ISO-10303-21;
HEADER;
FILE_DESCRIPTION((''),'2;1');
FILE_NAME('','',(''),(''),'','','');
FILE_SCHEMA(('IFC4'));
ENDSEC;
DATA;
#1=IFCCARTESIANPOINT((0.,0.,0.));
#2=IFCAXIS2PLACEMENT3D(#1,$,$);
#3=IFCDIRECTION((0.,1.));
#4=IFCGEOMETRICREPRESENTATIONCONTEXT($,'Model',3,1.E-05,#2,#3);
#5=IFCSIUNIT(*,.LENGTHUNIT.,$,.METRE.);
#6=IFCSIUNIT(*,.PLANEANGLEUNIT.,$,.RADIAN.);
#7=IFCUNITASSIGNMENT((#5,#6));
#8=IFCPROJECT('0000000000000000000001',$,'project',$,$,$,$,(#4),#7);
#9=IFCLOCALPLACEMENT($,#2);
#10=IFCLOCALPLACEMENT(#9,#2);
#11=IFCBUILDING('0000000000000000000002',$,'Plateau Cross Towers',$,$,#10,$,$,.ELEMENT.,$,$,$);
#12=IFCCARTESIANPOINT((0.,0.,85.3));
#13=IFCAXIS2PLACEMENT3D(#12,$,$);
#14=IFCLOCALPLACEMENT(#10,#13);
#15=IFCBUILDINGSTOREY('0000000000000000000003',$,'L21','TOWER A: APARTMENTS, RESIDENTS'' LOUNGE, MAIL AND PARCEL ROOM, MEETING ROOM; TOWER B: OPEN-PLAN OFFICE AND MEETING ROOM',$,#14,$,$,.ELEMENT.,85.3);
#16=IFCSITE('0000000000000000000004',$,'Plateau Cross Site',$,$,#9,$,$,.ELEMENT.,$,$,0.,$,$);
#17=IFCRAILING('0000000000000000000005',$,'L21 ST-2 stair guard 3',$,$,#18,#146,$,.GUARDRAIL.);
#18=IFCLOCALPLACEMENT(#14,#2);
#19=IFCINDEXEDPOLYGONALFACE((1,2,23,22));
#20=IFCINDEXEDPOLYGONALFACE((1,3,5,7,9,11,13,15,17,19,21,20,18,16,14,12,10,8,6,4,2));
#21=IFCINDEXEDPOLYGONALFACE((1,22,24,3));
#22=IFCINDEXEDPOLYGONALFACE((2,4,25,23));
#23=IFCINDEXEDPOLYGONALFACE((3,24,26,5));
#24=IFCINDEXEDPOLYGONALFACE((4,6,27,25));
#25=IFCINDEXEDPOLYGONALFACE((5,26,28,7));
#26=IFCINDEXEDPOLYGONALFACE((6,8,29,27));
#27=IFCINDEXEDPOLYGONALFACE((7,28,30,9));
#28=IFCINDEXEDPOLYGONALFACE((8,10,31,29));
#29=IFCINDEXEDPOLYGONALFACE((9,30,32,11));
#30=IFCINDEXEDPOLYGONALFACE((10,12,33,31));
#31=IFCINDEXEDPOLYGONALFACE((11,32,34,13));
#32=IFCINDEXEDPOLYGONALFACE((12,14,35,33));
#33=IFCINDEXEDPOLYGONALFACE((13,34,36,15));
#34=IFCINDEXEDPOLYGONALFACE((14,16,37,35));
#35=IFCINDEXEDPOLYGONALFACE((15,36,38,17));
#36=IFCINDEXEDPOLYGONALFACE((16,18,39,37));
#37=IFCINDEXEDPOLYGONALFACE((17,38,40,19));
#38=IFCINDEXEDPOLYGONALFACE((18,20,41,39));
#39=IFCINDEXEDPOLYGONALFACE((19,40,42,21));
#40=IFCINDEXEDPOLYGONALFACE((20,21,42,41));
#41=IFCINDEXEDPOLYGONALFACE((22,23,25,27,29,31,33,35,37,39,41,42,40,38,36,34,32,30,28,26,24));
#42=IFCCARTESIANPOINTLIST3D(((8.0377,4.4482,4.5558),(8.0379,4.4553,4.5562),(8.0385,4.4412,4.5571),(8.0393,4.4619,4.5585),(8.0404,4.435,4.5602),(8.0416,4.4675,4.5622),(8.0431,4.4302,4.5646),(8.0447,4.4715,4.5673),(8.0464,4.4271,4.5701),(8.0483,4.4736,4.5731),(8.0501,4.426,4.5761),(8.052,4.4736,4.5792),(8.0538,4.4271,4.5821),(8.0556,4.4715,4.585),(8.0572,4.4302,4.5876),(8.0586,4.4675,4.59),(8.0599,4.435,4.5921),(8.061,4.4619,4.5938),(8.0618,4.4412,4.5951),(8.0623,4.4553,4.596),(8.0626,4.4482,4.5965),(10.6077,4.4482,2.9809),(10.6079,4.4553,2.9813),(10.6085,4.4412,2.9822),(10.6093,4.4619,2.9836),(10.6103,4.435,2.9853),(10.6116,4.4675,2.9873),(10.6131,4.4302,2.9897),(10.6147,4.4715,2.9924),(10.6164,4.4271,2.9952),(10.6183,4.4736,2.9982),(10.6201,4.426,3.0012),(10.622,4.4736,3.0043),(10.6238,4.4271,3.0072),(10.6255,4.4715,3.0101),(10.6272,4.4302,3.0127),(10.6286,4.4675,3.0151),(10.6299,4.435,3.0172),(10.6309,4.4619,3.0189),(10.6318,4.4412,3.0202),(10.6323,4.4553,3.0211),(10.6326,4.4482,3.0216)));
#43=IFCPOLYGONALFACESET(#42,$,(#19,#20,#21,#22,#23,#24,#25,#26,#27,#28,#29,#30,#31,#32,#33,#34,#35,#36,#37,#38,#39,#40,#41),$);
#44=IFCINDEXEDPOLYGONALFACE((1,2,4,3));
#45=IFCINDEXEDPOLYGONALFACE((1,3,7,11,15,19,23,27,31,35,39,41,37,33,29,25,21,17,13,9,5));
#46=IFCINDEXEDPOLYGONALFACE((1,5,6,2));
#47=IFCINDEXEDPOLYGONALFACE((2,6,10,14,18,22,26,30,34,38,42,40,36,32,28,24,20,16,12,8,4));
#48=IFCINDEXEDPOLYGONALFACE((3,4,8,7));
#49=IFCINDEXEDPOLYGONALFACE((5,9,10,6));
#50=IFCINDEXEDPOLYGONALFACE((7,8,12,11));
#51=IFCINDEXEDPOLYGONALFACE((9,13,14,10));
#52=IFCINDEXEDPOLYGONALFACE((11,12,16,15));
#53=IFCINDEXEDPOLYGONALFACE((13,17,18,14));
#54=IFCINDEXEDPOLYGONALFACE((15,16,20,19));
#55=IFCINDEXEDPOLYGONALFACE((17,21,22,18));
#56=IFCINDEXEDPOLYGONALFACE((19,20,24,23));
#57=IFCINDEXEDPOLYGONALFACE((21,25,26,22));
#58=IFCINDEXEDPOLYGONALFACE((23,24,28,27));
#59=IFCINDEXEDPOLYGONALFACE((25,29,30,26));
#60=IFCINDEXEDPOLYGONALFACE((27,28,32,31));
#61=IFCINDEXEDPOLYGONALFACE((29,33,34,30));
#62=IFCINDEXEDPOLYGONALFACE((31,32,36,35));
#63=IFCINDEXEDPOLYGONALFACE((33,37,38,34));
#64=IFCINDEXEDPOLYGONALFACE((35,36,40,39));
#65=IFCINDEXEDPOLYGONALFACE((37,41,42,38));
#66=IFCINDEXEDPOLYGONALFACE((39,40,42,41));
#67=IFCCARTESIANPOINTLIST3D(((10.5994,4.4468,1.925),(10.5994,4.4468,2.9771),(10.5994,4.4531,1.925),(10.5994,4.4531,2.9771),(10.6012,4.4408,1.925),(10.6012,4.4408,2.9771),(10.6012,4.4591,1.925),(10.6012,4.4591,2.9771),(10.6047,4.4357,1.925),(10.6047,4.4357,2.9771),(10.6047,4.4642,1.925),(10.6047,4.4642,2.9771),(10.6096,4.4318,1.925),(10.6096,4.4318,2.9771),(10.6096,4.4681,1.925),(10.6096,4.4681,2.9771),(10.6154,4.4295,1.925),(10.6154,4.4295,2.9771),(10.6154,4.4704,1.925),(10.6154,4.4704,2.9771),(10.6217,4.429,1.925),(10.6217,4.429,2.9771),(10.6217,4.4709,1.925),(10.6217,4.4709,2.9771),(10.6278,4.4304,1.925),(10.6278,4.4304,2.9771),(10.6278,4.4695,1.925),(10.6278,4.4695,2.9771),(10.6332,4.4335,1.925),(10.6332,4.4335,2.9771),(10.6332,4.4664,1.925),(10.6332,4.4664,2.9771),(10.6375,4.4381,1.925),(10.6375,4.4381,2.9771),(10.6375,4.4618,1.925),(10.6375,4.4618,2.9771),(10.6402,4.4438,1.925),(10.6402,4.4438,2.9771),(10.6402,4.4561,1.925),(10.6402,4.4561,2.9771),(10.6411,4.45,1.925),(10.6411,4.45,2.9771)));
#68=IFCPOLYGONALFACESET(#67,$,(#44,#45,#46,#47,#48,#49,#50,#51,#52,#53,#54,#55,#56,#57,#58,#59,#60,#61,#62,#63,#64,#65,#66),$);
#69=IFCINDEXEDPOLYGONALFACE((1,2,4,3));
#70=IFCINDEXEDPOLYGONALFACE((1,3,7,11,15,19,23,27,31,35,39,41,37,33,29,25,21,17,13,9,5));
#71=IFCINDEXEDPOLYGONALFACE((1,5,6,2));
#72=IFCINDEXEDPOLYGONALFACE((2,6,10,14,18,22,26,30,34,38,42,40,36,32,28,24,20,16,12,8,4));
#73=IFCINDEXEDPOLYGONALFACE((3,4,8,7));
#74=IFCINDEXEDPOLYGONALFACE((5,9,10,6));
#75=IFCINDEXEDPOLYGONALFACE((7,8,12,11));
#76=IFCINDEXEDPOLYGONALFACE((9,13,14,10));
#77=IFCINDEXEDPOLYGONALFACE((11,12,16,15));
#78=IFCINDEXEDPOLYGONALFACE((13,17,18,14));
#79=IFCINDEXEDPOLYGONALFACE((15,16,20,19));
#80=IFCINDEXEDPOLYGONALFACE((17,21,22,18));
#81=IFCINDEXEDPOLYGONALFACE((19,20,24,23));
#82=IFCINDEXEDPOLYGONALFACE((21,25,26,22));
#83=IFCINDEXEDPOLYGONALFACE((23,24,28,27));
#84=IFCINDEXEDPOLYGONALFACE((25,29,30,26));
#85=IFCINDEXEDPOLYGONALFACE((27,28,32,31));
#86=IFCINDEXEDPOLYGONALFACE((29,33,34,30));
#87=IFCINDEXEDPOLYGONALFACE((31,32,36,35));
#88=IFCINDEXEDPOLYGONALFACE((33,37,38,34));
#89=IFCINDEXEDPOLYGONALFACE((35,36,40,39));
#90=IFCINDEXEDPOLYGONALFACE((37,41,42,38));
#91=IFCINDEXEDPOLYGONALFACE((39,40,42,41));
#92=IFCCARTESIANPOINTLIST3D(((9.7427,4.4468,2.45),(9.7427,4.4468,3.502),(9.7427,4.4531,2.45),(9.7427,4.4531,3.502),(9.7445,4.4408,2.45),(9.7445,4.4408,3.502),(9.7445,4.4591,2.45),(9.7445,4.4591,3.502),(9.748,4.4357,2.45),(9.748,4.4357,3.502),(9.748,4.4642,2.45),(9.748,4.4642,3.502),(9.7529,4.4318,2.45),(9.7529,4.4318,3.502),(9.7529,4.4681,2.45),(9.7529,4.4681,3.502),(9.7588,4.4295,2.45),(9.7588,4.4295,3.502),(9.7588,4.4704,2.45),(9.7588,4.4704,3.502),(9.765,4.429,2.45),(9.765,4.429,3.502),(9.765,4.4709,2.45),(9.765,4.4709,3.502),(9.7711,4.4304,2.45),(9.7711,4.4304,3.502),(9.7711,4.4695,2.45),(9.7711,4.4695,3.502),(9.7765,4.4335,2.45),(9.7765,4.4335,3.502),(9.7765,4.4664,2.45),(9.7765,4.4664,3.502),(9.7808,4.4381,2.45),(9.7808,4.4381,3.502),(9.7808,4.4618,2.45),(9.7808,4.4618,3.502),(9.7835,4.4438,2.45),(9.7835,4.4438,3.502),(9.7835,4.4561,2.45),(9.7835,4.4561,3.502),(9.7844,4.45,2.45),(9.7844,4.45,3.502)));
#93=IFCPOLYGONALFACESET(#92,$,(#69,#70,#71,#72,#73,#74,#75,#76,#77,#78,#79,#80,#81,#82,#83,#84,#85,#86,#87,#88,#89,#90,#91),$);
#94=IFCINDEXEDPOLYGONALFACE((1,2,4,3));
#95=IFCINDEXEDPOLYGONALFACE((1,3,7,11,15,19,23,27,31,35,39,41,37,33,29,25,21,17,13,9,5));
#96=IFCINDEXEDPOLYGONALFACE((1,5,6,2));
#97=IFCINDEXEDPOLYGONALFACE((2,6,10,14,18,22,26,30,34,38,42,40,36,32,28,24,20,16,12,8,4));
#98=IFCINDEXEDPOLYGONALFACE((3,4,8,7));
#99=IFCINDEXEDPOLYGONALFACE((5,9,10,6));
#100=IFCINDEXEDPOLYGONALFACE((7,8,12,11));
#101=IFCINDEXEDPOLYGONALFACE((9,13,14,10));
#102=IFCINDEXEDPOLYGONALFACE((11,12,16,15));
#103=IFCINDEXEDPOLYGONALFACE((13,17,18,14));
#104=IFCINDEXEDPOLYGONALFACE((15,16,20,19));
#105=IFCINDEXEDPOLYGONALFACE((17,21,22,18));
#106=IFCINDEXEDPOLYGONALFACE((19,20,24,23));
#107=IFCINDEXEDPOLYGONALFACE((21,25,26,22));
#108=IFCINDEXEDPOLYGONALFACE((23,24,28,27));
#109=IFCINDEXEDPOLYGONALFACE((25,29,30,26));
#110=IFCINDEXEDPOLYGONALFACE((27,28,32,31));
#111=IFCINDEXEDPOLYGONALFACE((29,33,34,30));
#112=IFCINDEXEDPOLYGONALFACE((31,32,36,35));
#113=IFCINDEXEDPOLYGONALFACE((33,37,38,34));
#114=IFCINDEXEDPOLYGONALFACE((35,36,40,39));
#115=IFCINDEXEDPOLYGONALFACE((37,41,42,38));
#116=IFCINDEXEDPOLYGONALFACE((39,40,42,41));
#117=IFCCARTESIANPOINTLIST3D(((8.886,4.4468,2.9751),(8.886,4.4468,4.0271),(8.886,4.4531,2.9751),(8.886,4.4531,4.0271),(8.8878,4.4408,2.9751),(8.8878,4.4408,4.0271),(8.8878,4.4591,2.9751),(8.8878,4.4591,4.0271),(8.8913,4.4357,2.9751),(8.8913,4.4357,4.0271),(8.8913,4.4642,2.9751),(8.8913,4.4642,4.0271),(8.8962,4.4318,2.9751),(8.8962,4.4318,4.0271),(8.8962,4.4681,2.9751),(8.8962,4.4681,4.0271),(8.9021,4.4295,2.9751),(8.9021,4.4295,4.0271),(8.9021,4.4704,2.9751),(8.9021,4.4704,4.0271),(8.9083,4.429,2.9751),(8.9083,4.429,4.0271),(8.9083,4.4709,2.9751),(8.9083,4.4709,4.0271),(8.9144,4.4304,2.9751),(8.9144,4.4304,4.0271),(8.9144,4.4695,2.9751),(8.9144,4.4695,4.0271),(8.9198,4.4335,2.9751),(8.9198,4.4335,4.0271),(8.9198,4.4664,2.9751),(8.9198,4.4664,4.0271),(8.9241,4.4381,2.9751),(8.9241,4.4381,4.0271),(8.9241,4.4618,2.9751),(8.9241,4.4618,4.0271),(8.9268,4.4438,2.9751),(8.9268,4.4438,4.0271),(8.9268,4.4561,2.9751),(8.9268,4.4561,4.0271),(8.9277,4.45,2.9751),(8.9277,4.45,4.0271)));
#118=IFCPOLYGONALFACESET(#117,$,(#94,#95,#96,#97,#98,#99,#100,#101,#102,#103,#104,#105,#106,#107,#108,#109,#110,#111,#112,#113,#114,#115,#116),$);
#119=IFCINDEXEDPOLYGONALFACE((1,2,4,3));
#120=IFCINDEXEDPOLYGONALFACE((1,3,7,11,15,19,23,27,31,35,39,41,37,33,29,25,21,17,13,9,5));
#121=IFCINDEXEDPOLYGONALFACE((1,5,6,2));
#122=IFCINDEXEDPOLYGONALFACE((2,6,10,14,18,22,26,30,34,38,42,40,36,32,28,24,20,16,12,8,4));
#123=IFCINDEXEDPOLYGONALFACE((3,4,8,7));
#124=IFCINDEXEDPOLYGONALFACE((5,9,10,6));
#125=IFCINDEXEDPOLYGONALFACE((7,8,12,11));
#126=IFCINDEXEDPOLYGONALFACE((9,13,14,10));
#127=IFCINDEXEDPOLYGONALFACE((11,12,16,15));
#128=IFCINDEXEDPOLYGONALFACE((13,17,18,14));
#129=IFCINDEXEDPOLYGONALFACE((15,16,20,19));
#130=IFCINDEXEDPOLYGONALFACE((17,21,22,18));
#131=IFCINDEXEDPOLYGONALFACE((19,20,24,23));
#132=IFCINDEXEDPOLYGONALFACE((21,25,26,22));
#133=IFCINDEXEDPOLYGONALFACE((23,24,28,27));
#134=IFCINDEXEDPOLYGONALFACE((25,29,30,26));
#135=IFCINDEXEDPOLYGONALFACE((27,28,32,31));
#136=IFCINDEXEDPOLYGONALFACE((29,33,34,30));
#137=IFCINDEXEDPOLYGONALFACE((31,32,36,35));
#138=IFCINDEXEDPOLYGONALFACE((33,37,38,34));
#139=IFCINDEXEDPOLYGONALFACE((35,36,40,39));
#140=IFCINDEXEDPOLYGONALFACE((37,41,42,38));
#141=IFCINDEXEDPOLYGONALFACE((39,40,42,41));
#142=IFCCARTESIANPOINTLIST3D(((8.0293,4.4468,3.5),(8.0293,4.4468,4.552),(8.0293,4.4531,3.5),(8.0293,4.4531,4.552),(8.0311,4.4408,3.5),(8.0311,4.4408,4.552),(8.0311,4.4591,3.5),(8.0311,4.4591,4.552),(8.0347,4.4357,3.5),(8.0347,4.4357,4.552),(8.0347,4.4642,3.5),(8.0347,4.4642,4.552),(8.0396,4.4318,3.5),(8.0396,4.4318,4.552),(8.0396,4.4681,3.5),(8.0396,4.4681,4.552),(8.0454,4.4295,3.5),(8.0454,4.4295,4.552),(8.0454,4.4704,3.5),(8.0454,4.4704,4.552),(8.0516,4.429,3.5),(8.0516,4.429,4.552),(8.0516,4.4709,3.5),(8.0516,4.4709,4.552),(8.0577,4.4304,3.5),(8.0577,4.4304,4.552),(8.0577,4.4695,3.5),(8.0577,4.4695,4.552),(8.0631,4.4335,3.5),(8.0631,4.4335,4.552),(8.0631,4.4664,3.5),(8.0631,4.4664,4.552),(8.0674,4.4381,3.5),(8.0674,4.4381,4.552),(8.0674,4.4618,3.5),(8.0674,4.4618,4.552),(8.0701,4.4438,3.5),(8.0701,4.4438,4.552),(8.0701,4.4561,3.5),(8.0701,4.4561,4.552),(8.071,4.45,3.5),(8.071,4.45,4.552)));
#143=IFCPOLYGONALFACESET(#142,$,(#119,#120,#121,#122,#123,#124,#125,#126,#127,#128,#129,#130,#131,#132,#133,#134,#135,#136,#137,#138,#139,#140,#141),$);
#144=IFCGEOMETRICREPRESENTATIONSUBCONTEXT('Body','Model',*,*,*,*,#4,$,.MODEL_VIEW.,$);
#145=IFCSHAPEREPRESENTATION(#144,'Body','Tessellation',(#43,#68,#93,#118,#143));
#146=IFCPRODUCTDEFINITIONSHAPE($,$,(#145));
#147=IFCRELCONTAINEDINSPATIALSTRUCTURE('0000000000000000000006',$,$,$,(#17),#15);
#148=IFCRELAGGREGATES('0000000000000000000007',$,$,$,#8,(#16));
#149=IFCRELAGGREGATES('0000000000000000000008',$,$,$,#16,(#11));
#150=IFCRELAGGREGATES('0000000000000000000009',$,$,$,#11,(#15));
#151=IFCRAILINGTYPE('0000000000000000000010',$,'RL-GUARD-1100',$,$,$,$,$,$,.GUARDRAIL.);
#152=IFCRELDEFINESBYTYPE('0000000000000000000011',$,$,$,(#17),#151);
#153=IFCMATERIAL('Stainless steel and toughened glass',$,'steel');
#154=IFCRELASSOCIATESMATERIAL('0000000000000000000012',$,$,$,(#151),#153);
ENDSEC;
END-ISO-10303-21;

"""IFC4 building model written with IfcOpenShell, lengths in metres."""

from ifc_helpers import new_model, si_unit, direction, frame, origin, origin_2d, place, context, subcontext, project, spatial, circle, extrude, material, type_object, element, save


model = new_model("IFC4")

# Units and contexts
model_context = context("Model", 3, precision=1e-05, world=origin(), true_north=direction((0.0, 1.0)))
body_context = subcontext(model_context, "Body", "Model", "MODEL_VIEW")
ifc_project = project(units=[si_unit("LENGTHUNIT", "METRE"), si_unit("PLANEANGLEUNIT", "RADIAN")], contexts=[model_context])

# Site, building, storey
site_placement = place(None, origin())
site = spatial("IfcSite", under=ifc_project, at=site_placement, Name="Plateau Cross Site", CompositionType="ELEMENT", RefElevation=0.0)
building_placement = place(site_placement, origin())
building = spatial("IfcBuilding", under=site, at=building_placement, Name="Plateau Cross Towers", CompositionType="ELEMENT")
storey_placement = place(building_placement, frame((0.0, 0.0, 85.3)))
storey = spatial("IfcBuildingStorey", under=building, at=storey_placement, Name="L21", Description="TOWER A: APARTMENTS, RESIDENTS' LOUNGE, MAIL AND PARCEL ROOM, MEETING ROOM; TOWER B: OPEN-PLAN OFFICE AND MEETING ROOM", CompositionType="ELEMENT", Elevation=85.3)

# Railing
ifc_material_1 = material(Name="Stainless steel and toughened glass", Category="steel")
railing_type_1 = type_object("IfcRailingType", Name="RL-GUARD-1100", PredefinedType="GUARDRAIL", material=ifc_material_1)
railing_1_placement = place(storey_placement, frame((10.6201, 4.45, 1.925)))
element("IfcRailing", 1, at=railing_1_placement, inside=storey, type_object=railing_type_1, Name="L21 ST-2 stair guard 3", PredefinedType="GUARDRAIL", context=body_context, shape_type="SweptSolid", body=[
    extrude(circle(Radius=0.0239, at=origin_2d()), frame((0.0, 0.0, 1.0762), z_axis=(-0.852639, 0.0, 0.522501), x_axis=(0.0, -1.0, 0.0)), (0.0, 0.0, 1.0), 3.0142),
    extrude(circle(Radius=0.021, at=origin_2d()), origin(), (0.0, 0.0, 1.0), 1.052),
    extrude(circle(Radius=0.021, at=origin_2d()), frame((-0.8567, 0.0, 0.5249)), (0.0, 0.0, 1.0), 1.052),
    extrude(circle(Radius=0.021, at=origin_2d()), frame((-1.7134, 0.0, 1.05)), (0.0, 0.0, 1.0), 1.052),
    extrude(circle(Radius=0.021, at=origin_2d()), frame((-2.5701, 0.0, 1.575)), (0.0, 0.0, 1.0), 1.052),
])

save(model, "model.ifc")
